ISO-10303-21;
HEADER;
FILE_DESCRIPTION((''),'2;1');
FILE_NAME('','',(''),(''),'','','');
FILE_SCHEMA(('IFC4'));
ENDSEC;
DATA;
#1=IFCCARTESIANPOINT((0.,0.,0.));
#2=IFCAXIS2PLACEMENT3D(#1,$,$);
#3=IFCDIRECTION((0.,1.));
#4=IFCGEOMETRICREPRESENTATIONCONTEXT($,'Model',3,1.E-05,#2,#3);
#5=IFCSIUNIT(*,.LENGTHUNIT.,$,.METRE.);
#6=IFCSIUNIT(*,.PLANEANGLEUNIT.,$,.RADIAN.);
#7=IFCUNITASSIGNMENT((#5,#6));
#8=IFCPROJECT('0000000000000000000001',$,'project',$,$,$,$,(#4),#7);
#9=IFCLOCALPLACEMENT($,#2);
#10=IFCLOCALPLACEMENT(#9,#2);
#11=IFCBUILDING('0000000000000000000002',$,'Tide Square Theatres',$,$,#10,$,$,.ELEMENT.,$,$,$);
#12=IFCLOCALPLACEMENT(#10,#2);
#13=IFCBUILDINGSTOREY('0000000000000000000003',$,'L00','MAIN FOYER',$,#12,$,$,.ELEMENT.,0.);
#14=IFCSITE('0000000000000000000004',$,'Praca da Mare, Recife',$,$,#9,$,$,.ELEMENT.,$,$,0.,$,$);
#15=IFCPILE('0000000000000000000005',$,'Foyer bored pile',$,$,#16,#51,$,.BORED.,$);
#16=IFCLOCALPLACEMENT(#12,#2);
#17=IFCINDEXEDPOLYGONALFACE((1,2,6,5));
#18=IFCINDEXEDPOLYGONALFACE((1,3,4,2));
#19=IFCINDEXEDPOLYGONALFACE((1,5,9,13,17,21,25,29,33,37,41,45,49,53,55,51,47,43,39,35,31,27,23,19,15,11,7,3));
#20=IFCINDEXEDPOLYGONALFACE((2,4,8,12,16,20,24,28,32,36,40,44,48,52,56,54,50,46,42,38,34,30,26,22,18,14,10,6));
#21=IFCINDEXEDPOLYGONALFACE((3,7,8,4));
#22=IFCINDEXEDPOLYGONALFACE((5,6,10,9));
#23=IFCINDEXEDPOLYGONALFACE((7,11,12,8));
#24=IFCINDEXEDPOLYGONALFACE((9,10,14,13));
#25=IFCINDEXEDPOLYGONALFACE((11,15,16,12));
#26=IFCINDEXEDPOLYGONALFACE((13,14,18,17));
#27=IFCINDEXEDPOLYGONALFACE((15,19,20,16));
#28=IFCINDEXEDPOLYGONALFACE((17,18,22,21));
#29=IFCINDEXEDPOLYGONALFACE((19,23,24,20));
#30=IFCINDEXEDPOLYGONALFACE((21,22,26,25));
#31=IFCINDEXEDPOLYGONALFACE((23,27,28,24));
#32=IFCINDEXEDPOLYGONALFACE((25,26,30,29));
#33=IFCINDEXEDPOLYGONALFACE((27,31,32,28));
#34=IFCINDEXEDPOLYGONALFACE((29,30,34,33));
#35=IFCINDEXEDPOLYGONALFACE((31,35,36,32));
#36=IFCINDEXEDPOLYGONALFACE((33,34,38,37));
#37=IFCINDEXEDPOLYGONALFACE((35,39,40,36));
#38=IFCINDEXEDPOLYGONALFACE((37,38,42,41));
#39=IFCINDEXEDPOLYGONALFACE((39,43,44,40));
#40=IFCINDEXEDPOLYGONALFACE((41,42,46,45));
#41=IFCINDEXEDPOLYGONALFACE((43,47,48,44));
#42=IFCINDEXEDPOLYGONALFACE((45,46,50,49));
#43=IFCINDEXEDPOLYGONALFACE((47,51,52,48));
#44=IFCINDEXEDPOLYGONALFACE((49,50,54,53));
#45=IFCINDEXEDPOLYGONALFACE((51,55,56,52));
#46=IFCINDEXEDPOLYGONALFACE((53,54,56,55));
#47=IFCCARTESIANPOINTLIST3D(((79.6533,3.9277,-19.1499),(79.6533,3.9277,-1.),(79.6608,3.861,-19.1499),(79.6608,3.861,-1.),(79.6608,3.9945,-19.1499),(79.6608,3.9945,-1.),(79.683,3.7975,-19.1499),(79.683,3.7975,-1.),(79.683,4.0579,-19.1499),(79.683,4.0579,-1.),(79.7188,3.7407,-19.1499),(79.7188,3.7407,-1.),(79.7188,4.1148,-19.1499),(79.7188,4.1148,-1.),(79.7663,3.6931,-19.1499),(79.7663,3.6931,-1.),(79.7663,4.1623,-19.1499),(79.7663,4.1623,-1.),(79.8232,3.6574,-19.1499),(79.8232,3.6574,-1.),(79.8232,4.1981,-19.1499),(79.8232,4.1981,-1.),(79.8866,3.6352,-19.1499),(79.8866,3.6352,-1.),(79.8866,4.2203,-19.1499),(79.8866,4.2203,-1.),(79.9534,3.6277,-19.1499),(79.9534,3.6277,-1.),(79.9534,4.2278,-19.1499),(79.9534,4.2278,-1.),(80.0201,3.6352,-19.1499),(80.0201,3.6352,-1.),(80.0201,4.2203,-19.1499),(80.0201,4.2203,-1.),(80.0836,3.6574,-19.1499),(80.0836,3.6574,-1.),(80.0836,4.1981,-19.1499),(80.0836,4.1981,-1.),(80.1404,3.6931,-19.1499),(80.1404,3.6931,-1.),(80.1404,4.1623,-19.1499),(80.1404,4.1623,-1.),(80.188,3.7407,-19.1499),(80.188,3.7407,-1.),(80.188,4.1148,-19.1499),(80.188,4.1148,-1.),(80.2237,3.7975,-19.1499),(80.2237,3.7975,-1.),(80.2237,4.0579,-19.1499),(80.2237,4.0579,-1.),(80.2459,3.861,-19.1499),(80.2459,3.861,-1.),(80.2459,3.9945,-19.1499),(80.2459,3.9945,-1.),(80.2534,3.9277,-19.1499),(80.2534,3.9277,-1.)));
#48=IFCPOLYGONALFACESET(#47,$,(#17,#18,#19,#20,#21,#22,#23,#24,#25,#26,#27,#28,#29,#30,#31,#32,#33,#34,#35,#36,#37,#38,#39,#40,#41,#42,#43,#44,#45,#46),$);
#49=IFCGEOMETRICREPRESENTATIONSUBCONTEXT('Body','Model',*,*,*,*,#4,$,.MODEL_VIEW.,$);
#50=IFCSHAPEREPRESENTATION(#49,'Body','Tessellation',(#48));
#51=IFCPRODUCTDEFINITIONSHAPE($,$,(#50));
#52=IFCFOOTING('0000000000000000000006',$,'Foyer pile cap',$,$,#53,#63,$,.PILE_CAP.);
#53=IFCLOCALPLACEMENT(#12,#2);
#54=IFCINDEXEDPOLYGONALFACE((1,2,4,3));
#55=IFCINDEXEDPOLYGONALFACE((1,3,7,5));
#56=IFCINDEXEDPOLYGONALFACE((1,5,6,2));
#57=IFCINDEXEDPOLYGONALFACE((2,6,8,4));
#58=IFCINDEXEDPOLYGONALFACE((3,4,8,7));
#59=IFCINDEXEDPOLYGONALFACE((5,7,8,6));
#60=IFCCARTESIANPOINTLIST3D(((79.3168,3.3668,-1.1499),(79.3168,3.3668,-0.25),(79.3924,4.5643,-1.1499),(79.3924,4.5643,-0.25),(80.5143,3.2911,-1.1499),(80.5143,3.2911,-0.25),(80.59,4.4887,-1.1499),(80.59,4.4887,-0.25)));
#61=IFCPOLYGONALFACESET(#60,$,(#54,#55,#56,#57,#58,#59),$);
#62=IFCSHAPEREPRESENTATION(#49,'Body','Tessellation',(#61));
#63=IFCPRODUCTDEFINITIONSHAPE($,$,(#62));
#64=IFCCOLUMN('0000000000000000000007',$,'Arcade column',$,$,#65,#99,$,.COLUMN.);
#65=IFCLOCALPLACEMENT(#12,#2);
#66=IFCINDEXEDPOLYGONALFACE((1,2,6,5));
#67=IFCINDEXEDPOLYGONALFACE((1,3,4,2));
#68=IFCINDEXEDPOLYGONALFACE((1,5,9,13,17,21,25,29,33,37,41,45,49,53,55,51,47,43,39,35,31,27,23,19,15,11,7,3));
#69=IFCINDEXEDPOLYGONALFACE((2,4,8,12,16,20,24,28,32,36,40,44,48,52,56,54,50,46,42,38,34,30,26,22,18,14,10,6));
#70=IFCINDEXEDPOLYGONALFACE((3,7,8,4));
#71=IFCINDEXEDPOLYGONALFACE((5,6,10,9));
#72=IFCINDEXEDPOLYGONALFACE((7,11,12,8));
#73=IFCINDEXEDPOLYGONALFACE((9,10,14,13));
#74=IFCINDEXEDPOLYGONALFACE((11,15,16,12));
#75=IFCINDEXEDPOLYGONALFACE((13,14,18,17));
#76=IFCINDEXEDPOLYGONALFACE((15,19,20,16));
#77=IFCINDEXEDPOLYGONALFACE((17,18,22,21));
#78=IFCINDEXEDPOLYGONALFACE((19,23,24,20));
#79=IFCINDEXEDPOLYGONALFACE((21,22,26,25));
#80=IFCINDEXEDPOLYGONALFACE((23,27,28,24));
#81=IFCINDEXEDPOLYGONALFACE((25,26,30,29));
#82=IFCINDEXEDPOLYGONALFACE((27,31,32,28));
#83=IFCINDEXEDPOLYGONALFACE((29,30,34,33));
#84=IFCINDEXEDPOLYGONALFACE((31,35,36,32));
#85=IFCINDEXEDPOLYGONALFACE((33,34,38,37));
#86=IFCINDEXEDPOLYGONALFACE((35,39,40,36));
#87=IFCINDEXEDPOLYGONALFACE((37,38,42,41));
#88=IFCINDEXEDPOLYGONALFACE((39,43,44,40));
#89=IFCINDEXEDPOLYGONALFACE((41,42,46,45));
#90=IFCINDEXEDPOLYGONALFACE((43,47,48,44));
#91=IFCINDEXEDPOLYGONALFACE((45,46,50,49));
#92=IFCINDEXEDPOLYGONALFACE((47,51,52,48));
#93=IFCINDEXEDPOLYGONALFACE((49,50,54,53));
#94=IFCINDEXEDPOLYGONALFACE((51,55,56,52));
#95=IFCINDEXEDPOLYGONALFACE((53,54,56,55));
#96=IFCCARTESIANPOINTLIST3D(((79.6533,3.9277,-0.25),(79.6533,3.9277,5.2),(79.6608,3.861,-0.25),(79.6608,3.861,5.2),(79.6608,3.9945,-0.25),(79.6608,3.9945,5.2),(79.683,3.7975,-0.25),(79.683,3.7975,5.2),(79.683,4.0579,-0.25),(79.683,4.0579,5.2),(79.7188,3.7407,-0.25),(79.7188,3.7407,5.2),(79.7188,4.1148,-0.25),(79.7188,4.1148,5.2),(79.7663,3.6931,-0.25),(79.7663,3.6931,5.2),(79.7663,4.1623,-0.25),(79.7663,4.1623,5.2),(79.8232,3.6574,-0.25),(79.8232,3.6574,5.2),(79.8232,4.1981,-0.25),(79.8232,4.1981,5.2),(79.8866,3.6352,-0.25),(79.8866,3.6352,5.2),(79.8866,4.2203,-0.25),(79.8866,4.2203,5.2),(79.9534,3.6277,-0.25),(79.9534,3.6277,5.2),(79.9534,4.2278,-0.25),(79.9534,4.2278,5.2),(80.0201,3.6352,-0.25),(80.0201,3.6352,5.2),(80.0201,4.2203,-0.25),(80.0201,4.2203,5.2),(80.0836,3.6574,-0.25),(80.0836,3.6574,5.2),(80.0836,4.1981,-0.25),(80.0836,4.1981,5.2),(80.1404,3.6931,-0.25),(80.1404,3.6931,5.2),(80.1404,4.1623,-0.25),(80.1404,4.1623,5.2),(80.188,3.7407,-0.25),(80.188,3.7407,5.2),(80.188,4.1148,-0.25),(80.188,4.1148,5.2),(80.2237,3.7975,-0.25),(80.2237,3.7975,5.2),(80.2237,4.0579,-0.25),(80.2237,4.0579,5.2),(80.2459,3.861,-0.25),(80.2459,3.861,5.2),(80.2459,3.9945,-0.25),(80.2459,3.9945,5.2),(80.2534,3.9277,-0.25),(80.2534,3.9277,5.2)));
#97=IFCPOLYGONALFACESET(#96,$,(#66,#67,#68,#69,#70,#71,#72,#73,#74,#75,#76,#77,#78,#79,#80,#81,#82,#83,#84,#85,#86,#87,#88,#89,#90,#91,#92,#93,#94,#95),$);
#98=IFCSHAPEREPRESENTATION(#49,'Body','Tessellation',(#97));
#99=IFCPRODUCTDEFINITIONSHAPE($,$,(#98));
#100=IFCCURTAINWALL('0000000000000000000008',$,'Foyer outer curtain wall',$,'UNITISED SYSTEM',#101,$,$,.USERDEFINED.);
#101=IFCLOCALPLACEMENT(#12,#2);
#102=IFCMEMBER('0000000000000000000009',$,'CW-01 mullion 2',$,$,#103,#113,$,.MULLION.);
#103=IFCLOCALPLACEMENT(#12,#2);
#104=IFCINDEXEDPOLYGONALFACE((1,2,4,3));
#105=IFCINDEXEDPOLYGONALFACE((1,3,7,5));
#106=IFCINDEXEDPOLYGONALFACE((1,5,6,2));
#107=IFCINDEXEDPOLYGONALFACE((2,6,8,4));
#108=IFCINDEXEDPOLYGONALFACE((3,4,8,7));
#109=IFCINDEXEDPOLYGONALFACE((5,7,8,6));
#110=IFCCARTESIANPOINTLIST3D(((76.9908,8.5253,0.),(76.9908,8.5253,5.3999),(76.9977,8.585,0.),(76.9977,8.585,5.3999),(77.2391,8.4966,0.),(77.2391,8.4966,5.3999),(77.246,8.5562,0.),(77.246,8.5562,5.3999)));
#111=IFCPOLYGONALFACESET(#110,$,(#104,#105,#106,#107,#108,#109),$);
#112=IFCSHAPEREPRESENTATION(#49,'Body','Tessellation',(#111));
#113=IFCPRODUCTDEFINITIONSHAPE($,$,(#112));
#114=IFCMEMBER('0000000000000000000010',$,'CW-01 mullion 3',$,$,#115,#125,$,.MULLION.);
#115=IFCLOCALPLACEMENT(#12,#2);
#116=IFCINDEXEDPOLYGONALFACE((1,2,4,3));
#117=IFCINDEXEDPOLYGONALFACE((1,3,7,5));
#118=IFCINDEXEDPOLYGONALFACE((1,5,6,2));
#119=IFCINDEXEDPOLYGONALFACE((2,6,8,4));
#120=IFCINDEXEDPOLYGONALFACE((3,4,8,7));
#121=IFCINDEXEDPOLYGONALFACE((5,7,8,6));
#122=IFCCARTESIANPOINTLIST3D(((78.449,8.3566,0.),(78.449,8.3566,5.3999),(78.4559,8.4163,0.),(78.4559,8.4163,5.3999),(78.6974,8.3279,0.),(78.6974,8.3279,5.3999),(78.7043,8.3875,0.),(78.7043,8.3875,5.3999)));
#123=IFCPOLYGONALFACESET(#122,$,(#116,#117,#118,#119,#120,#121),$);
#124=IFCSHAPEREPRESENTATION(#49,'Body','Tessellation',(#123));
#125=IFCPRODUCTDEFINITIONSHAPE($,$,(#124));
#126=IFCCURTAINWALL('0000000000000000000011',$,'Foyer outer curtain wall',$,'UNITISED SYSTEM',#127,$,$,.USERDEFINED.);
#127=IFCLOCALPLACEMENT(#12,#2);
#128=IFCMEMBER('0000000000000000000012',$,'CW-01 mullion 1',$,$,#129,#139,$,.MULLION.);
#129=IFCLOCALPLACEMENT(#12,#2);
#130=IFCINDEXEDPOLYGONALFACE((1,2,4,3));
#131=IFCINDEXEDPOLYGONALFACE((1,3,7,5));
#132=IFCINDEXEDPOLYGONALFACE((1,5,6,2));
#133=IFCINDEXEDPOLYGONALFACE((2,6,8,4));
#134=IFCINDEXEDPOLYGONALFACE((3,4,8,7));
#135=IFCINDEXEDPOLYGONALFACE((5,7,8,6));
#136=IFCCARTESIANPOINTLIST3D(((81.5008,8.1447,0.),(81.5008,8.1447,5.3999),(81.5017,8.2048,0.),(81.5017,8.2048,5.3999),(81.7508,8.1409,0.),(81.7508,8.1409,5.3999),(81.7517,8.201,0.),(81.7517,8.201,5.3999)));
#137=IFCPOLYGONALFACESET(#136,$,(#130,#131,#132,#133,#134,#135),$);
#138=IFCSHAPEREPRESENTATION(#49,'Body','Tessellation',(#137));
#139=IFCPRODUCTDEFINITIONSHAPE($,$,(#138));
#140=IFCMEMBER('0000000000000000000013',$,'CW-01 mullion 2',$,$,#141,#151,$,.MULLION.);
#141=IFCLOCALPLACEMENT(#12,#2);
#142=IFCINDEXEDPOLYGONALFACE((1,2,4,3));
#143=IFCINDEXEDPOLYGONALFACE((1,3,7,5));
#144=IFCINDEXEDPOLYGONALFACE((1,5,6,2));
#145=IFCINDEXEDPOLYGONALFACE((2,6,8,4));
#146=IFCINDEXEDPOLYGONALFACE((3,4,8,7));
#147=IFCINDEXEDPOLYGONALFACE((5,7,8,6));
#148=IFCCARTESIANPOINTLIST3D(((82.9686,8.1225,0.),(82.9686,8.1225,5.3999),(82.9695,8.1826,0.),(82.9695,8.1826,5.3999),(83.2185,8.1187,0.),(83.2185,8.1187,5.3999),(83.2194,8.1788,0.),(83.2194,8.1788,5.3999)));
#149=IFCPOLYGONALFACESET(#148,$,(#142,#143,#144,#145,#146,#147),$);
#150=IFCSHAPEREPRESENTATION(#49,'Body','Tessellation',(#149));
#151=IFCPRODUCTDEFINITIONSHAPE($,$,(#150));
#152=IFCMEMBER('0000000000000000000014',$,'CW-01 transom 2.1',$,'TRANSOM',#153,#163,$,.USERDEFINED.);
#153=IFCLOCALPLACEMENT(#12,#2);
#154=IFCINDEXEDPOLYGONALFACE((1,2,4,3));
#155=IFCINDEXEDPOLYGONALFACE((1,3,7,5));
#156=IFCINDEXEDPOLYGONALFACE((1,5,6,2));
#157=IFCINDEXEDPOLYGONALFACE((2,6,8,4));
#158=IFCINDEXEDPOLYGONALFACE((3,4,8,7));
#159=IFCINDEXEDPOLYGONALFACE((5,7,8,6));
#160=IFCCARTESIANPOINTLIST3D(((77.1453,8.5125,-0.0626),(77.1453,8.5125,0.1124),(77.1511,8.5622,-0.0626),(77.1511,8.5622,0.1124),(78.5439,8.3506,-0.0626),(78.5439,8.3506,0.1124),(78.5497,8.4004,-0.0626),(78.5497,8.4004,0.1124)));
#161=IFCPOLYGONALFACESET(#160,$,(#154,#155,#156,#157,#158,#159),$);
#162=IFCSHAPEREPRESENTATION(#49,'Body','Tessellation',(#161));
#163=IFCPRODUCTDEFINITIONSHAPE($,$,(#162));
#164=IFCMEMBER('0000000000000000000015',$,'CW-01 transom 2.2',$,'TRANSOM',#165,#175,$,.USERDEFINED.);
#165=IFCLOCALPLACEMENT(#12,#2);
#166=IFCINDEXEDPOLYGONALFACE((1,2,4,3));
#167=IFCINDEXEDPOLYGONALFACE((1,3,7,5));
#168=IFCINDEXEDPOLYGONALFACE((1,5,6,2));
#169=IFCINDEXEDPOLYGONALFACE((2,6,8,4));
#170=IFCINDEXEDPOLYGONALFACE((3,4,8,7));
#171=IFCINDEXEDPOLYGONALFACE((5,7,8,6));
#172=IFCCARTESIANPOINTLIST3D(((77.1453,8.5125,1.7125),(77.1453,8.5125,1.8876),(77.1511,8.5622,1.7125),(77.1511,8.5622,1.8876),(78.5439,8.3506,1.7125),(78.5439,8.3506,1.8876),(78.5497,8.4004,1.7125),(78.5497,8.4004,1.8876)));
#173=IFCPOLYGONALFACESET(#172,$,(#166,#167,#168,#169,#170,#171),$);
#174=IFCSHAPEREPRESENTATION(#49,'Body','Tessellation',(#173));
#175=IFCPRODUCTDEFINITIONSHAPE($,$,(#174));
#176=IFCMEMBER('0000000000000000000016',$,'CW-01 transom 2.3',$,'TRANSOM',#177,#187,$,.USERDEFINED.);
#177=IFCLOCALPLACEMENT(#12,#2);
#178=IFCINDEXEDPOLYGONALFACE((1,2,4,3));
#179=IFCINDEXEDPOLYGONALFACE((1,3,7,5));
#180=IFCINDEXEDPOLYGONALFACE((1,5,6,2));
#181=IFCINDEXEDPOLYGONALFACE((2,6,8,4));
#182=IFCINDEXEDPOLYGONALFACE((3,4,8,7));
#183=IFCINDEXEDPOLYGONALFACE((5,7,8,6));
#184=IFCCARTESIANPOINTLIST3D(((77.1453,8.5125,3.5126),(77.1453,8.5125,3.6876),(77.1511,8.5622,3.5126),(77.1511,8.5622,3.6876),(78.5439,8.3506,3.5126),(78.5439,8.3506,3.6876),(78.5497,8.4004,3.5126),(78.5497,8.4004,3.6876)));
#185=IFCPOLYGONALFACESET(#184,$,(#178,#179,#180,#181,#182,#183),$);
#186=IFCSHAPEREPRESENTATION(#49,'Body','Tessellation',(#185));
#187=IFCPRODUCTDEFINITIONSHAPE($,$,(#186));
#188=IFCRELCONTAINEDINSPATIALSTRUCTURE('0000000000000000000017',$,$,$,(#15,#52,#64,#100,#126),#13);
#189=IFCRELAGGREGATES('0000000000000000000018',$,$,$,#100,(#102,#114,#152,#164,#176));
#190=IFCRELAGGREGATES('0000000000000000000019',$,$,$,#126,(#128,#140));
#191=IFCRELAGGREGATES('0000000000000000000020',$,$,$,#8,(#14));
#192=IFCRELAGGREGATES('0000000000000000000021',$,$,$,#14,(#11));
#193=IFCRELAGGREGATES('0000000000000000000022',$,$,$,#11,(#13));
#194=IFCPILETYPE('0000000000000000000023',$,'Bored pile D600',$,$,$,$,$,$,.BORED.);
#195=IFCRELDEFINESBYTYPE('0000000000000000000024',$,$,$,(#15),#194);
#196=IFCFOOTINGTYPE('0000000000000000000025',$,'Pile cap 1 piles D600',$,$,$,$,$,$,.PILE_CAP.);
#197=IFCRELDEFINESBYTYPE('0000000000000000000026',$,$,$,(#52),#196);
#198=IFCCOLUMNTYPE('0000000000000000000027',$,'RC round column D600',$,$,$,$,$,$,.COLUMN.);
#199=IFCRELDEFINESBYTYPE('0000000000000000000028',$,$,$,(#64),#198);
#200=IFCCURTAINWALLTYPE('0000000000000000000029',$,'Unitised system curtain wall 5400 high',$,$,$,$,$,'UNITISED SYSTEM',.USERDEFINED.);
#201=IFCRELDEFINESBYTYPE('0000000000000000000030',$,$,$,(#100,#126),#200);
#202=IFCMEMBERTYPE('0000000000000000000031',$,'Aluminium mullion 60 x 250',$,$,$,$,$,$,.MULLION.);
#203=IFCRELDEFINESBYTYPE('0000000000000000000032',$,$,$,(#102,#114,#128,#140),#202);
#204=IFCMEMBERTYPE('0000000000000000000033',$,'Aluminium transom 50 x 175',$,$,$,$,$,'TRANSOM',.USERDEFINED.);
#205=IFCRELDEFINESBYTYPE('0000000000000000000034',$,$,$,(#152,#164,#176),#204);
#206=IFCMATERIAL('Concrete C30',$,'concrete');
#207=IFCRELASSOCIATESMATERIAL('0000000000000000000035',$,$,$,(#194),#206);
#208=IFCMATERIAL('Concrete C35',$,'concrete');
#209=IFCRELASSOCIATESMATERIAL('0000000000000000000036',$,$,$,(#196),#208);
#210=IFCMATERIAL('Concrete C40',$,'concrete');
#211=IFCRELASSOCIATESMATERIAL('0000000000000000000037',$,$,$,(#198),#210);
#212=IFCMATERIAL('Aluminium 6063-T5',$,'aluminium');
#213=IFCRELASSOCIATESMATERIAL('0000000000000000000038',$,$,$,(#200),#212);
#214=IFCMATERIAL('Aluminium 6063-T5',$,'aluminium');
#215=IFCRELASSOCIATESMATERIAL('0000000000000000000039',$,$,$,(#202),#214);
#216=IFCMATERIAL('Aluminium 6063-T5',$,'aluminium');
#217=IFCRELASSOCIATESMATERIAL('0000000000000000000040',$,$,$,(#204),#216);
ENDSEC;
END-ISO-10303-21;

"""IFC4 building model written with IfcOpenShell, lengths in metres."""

from ifc_helpers import new_model, si_unit, direction, frame, origin, origin_2d, place, context, subcontext, project, spatial, rectangle, circle, extrude, material, material_profile, profile_set, type_object, element, aggregate, save


model = new_model("IFC4")

# Units and contexts
model_context = context("Model", 3, precision=1e-05, world=origin(), true_north=direction((0.0, 1.0)))
body_context = subcontext(model_context, "Body", "Model", "MODEL_VIEW")
ifc_project = project(units=[si_unit("LENGTHUNIT", "METRE"), si_unit("PLANEANGLEUNIT", "RADIAN")], contexts=[model_context])

# Site, building, storey
site_placement = place(None, origin())
site = spatial("IfcSite", under=ifc_project, at=site_placement, Name="Praca da Mare, Recife", CompositionType="ELEMENT", RefElevation=0.0)
building_placement = place(site_placement, origin())
building = spatial("IfcBuilding", under=site, at=building_placement, Name="Tide Square Theatres", CompositionType="ELEMENT")
storey_placement = place(building_placement, origin())
storey = spatial("IfcBuildingStorey", under=building, at=storey_placement, Name="L00", Description="MAIN FOYER", CompositionType="ELEMENT", Elevation=0.0)

# Pile
ifc_material_1 = material(Name="Concrete C30", Category="concrete")
ifc_material_profile_1 = material_profile(ifc_material_1, circle(Radius=0.3, at=origin_2d()))
ifc_profile_set_1 = profile_set([ifc_material_profile_1], Name="Concrete C30")
pile_type = type_object("IfcPileType", Name="Bored pile D600", PredefinedType="BORED", material=ifc_profile_set_1)
pile_placement = place(storey_placement, frame((79.9534, 3.9277, -1.0), z_axis=(0.0, 0.0, -1.0), x_axis=(1.0, 0.0, 0.0)))
element("IfcPile", 1, at=pile_placement, inside=storey, type_object=pile_type, Name="Foyer bored pile", PredefinedType="BORED", context=body_context, shape_type="SweptSolid", body=[
    extrude(circle(Radius=0.3, at=origin_2d()), origin(), (0.0, 0.0, 1.0), 18.1499),
])

# Footing
ifc_material_2 = material(Name="Concrete C35", Category="concrete")
footing_type = type_object("IfcFootingType", Name="Pile cap 1 piles D600", PredefinedType="PILE_CAP", material=ifc_material_2)
footing_placement = place(storey_placement, frame((79.9534, 3.9277, -1.1499), z_axis=(0.0, 0.0, 1.0), x_axis=(0.998012, -0.063031, 0.0)))
element("IfcFooting", 2, at=footing_placement, inside=storey, type_object=footing_type, Name="Foyer pile cap", PredefinedType="PILE_CAP", context=body_context, shape_type="SweptSolid", body=[
    extrude(rectangle(XDim=1.2, YDim=1.2, at=origin_2d()), origin(), (0.0, 0.0, 1.0), 0.8999),
])

# Column
ifc_material_3 = material(Name="Concrete C40", Category="concrete")
ifc_material_profile_2 = material_profile(ifc_material_3, circle(Radius=0.3, at=origin_2d()))
ifc_profile_set_2 = profile_set([ifc_material_profile_2], Name="Concrete C40")
column_type = type_object("IfcColumnType", Name="RC round column D600", PredefinedType="COLUMN", material=ifc_profile_set_2)
column_placement = place(storey_placement, frame((79.9534, 3.9277, -0.25), z_axis=(0.0, 0.0, 1.0), x_axis=(1.0, 0.0, 0.0)))
element("IfcColumn", 3, at=column_placement, inside=storey, type_object=column_type, Name="Arcade column", PredefinedType="COLUMN", context=body_context, shape_type="SweptSolid", body=[
    extrude(circle(Radius=0.3, at=origin_2d()), origin(), (0.0, 0.0, 1.0), 5.45),
])

# Curtain walls, members
ifc_material_4 = material(Name="Aluminium 6063-T5", Category="aluminium")
curtain_wall_type = type_object("IfcCurtainWallType", Name="Unitised system curtain wall 5400 high", ElementType="UNITISED SYSTEM", PredefinedType="USERDEFINED", material=ifc_material_4)
curtain_wall_1_placement = place(storey_placement, origin())
curtain_wall_1 = element("IfcCurtainWall", 4, at=curtain_wall_1_placement, inside=storey, type_object=curtain_wall_type, Name="Foyer outer curtain wall", ObjectType="UNITISED SYSTEM", PredefinedType="USERDEFINED")
ifc_material_5 = material(Name="Aluminium 6063-T5", Category="aluminium")
ifc_material_profile_3 = material_profile(ifc_material_5, rectangle(XDim=0.0601, YDim=0.25, at=origin_2d()))
ifc_profile_set_3 = profile_set([ifc_material_profile_3], Name="Aluminium 6063-T5")
member_type_1 = type_object("IfcMemberType", Name="Aluminium mullion 60 x 250", PredefinedType="MULLION", material=ifc_profile_set_3)
member_1_placement = place(storey_placement, frame((77.1184, 8.5408, 0.0), z_axis=(0.0, 0.0, 1.0), x_axis=(0.114955, 0.993371, 0.0)))
member_1 = element("IfcMember", 5, at=member_1_placement, type_object=member_type_1, Name="CW-01 mullion 2", PredefinedType="MULLION", context=body_context, shape_type="SweptSolid", body=[
    extrude(rectangle(XDim=0.0601, YDim=0.25, at=origin_2d()), origin(), (0.0, 0.0, 1.0), 5.3999),
])
member_2_placement = place(storey_placement, frame((78.5767, 8.3721, 0.0), z_axis=(0.0, 0.0, 1.0), x_axis=(0.114955, 0.993371, 0.0)))
member_2 = element("IfcMember", 6, at=member_2_placement, type_object=member_type_1, Name="CW-01 mullion 3", PredefinedType="MULLION", context=body_context, shape_type="SweptSolid", body=[
    extrude(rectangle(XDim=0.0601, YDim=0.25, at=origin_2d()), origin(), (0.0, 0.0, 1.0), 5.3999),
])
curtain_wall_2_placement = place(storey_placement, origin())
curtain_wall_2 = element("IfcCurtainWall", 7, at=curtain_wall_2_placement, inside=storey, type_object=curtain_wall_type, Name="Foyer outer curtain wall", ObjectType="UNITISED SYSTEM", PredefinedType="USERDEFINED")
member_3_placement = place(storey_placement, frame((81.6262, 8.1729, 0.0), z_axis=(0.0, 0.0, 1.0), x_axis=(0.01512, 0.999886, 0.0)))
member_3 = element("IfcMember", 8, at=member_3_placement, type_object=member_type_1, Name="CW-01 mullion 1", PredefinedType="MULLION", context=body_context, shape_type="SweptSolid", body=[
    extrude(rectangle(XDim=0.0601, YDim=0.25, at=origin_2d()), origin(), (0.0, 0.0, 1.0), 5.3999),
])
member_4_placement = place(storey_placement, frame((83.094, 8.1506, 0.0), z_axis=(0.0, 0.0, 1.0), x_axis=(0.01512, 0.999886, 0.0)))
member_4 = element("IfcMember", 9, at=member_4_placement, type_object=member_type_1, Name="CW-01 mullion 2", PredefinedType="MULLION", context=body_context, shape_type="SweptSolid", body=[
    extrude(rectangle(XDim=0.0601, YDim=0.25, at=origin_2d()), origin(), (0.0, 0.0, 1.0), 5.3999),
])

# Members
ifc_material_6 = material(Name="Aluminium 6063-T5", Category="aluminium")
ifc_material_profile_4 = material_profile(ifc_material_6, rectangle(XDim=0.05, YDim=0.175, at=origin_2d()))
ifc_profile_set_4 = profile_set([ifc_material_profile_4], Name="Aluminium 6063-T5")
member_type_2 = type_object("IfcMemberType", Name="Aluminium transom 50 x 175", ElementType="TRANSOM", PredefinedType="USERDEFINED", material=ifc_profile_set_4)
member_5_placement = place(storey_placement, frame((77.1482, 8.5374, 0.0249), z_axis=(0.99337, -0.11496, 0.0), x_axis=(0.11496, 0.99337, 0.0)))
member_5 = element("IfcMember", 10, at=member_5_placement, type_object=member_type_2, Name="CW-01 transom 2.1", ObjectType="TRANSOM", PredefinedType="USERDEFINED", context=body_context, shape_type="SweptSolid", body=[
    extrude(rectangle(XDim=0.05, YDim=0.175, at=origin_2d()), origin(), (0.0, 0.0, 1.0), 1.408),
])
member_6_placement = place(storey_placement, frame((77.1482, 8.5374, 1.8), z_axis=(0.99337, -0.11496, 0.0), x_axis=(0.11496, 0.99337, 0.0)))
member_6 = element("IfcMember", 11, at=member_6_placement, type_object=member_type_2, Name="CW-01 transom 2.2", ObjectType="TRANSOM", PredefinedType="USERDEFINED", context=body_context, shape_type="SweptSolid", body=[
    extrude(rectangle(XDim=0.05, YDim=0.175, at=origin_2d()), origin(), (0.0, 0.0, 1.0), 1.408),
])
member_7_placement = place(storey_placement, frame((77.1482, 8.5374, 3.6001), z_axis=(0.99337, -0.11496, 0.0), x_axis=(0.11496, 0.99337, 0.0)))
member_7 = element("IfcMember", 12, at=member_7_placement, type_object=member_type_2, Name="CW-01 transom 2.3", ObjectType="TRANSOM", PredefinedType="USERDEFINED", context=body_context, shape_type="SweptSolid", body=[
    extrude(rectangle(XDim=0.05, YDim=0.175, at=origin_2d()), origin(), (0.0, 0.0, 1.0), 1.408),
])

aggregate(curtain_wall_1, [member_1, member_2, member_5, member_6, member_7])
aggregate(curtain_wall_2, [member_3, member_4])

save(model, "model.ifc")
